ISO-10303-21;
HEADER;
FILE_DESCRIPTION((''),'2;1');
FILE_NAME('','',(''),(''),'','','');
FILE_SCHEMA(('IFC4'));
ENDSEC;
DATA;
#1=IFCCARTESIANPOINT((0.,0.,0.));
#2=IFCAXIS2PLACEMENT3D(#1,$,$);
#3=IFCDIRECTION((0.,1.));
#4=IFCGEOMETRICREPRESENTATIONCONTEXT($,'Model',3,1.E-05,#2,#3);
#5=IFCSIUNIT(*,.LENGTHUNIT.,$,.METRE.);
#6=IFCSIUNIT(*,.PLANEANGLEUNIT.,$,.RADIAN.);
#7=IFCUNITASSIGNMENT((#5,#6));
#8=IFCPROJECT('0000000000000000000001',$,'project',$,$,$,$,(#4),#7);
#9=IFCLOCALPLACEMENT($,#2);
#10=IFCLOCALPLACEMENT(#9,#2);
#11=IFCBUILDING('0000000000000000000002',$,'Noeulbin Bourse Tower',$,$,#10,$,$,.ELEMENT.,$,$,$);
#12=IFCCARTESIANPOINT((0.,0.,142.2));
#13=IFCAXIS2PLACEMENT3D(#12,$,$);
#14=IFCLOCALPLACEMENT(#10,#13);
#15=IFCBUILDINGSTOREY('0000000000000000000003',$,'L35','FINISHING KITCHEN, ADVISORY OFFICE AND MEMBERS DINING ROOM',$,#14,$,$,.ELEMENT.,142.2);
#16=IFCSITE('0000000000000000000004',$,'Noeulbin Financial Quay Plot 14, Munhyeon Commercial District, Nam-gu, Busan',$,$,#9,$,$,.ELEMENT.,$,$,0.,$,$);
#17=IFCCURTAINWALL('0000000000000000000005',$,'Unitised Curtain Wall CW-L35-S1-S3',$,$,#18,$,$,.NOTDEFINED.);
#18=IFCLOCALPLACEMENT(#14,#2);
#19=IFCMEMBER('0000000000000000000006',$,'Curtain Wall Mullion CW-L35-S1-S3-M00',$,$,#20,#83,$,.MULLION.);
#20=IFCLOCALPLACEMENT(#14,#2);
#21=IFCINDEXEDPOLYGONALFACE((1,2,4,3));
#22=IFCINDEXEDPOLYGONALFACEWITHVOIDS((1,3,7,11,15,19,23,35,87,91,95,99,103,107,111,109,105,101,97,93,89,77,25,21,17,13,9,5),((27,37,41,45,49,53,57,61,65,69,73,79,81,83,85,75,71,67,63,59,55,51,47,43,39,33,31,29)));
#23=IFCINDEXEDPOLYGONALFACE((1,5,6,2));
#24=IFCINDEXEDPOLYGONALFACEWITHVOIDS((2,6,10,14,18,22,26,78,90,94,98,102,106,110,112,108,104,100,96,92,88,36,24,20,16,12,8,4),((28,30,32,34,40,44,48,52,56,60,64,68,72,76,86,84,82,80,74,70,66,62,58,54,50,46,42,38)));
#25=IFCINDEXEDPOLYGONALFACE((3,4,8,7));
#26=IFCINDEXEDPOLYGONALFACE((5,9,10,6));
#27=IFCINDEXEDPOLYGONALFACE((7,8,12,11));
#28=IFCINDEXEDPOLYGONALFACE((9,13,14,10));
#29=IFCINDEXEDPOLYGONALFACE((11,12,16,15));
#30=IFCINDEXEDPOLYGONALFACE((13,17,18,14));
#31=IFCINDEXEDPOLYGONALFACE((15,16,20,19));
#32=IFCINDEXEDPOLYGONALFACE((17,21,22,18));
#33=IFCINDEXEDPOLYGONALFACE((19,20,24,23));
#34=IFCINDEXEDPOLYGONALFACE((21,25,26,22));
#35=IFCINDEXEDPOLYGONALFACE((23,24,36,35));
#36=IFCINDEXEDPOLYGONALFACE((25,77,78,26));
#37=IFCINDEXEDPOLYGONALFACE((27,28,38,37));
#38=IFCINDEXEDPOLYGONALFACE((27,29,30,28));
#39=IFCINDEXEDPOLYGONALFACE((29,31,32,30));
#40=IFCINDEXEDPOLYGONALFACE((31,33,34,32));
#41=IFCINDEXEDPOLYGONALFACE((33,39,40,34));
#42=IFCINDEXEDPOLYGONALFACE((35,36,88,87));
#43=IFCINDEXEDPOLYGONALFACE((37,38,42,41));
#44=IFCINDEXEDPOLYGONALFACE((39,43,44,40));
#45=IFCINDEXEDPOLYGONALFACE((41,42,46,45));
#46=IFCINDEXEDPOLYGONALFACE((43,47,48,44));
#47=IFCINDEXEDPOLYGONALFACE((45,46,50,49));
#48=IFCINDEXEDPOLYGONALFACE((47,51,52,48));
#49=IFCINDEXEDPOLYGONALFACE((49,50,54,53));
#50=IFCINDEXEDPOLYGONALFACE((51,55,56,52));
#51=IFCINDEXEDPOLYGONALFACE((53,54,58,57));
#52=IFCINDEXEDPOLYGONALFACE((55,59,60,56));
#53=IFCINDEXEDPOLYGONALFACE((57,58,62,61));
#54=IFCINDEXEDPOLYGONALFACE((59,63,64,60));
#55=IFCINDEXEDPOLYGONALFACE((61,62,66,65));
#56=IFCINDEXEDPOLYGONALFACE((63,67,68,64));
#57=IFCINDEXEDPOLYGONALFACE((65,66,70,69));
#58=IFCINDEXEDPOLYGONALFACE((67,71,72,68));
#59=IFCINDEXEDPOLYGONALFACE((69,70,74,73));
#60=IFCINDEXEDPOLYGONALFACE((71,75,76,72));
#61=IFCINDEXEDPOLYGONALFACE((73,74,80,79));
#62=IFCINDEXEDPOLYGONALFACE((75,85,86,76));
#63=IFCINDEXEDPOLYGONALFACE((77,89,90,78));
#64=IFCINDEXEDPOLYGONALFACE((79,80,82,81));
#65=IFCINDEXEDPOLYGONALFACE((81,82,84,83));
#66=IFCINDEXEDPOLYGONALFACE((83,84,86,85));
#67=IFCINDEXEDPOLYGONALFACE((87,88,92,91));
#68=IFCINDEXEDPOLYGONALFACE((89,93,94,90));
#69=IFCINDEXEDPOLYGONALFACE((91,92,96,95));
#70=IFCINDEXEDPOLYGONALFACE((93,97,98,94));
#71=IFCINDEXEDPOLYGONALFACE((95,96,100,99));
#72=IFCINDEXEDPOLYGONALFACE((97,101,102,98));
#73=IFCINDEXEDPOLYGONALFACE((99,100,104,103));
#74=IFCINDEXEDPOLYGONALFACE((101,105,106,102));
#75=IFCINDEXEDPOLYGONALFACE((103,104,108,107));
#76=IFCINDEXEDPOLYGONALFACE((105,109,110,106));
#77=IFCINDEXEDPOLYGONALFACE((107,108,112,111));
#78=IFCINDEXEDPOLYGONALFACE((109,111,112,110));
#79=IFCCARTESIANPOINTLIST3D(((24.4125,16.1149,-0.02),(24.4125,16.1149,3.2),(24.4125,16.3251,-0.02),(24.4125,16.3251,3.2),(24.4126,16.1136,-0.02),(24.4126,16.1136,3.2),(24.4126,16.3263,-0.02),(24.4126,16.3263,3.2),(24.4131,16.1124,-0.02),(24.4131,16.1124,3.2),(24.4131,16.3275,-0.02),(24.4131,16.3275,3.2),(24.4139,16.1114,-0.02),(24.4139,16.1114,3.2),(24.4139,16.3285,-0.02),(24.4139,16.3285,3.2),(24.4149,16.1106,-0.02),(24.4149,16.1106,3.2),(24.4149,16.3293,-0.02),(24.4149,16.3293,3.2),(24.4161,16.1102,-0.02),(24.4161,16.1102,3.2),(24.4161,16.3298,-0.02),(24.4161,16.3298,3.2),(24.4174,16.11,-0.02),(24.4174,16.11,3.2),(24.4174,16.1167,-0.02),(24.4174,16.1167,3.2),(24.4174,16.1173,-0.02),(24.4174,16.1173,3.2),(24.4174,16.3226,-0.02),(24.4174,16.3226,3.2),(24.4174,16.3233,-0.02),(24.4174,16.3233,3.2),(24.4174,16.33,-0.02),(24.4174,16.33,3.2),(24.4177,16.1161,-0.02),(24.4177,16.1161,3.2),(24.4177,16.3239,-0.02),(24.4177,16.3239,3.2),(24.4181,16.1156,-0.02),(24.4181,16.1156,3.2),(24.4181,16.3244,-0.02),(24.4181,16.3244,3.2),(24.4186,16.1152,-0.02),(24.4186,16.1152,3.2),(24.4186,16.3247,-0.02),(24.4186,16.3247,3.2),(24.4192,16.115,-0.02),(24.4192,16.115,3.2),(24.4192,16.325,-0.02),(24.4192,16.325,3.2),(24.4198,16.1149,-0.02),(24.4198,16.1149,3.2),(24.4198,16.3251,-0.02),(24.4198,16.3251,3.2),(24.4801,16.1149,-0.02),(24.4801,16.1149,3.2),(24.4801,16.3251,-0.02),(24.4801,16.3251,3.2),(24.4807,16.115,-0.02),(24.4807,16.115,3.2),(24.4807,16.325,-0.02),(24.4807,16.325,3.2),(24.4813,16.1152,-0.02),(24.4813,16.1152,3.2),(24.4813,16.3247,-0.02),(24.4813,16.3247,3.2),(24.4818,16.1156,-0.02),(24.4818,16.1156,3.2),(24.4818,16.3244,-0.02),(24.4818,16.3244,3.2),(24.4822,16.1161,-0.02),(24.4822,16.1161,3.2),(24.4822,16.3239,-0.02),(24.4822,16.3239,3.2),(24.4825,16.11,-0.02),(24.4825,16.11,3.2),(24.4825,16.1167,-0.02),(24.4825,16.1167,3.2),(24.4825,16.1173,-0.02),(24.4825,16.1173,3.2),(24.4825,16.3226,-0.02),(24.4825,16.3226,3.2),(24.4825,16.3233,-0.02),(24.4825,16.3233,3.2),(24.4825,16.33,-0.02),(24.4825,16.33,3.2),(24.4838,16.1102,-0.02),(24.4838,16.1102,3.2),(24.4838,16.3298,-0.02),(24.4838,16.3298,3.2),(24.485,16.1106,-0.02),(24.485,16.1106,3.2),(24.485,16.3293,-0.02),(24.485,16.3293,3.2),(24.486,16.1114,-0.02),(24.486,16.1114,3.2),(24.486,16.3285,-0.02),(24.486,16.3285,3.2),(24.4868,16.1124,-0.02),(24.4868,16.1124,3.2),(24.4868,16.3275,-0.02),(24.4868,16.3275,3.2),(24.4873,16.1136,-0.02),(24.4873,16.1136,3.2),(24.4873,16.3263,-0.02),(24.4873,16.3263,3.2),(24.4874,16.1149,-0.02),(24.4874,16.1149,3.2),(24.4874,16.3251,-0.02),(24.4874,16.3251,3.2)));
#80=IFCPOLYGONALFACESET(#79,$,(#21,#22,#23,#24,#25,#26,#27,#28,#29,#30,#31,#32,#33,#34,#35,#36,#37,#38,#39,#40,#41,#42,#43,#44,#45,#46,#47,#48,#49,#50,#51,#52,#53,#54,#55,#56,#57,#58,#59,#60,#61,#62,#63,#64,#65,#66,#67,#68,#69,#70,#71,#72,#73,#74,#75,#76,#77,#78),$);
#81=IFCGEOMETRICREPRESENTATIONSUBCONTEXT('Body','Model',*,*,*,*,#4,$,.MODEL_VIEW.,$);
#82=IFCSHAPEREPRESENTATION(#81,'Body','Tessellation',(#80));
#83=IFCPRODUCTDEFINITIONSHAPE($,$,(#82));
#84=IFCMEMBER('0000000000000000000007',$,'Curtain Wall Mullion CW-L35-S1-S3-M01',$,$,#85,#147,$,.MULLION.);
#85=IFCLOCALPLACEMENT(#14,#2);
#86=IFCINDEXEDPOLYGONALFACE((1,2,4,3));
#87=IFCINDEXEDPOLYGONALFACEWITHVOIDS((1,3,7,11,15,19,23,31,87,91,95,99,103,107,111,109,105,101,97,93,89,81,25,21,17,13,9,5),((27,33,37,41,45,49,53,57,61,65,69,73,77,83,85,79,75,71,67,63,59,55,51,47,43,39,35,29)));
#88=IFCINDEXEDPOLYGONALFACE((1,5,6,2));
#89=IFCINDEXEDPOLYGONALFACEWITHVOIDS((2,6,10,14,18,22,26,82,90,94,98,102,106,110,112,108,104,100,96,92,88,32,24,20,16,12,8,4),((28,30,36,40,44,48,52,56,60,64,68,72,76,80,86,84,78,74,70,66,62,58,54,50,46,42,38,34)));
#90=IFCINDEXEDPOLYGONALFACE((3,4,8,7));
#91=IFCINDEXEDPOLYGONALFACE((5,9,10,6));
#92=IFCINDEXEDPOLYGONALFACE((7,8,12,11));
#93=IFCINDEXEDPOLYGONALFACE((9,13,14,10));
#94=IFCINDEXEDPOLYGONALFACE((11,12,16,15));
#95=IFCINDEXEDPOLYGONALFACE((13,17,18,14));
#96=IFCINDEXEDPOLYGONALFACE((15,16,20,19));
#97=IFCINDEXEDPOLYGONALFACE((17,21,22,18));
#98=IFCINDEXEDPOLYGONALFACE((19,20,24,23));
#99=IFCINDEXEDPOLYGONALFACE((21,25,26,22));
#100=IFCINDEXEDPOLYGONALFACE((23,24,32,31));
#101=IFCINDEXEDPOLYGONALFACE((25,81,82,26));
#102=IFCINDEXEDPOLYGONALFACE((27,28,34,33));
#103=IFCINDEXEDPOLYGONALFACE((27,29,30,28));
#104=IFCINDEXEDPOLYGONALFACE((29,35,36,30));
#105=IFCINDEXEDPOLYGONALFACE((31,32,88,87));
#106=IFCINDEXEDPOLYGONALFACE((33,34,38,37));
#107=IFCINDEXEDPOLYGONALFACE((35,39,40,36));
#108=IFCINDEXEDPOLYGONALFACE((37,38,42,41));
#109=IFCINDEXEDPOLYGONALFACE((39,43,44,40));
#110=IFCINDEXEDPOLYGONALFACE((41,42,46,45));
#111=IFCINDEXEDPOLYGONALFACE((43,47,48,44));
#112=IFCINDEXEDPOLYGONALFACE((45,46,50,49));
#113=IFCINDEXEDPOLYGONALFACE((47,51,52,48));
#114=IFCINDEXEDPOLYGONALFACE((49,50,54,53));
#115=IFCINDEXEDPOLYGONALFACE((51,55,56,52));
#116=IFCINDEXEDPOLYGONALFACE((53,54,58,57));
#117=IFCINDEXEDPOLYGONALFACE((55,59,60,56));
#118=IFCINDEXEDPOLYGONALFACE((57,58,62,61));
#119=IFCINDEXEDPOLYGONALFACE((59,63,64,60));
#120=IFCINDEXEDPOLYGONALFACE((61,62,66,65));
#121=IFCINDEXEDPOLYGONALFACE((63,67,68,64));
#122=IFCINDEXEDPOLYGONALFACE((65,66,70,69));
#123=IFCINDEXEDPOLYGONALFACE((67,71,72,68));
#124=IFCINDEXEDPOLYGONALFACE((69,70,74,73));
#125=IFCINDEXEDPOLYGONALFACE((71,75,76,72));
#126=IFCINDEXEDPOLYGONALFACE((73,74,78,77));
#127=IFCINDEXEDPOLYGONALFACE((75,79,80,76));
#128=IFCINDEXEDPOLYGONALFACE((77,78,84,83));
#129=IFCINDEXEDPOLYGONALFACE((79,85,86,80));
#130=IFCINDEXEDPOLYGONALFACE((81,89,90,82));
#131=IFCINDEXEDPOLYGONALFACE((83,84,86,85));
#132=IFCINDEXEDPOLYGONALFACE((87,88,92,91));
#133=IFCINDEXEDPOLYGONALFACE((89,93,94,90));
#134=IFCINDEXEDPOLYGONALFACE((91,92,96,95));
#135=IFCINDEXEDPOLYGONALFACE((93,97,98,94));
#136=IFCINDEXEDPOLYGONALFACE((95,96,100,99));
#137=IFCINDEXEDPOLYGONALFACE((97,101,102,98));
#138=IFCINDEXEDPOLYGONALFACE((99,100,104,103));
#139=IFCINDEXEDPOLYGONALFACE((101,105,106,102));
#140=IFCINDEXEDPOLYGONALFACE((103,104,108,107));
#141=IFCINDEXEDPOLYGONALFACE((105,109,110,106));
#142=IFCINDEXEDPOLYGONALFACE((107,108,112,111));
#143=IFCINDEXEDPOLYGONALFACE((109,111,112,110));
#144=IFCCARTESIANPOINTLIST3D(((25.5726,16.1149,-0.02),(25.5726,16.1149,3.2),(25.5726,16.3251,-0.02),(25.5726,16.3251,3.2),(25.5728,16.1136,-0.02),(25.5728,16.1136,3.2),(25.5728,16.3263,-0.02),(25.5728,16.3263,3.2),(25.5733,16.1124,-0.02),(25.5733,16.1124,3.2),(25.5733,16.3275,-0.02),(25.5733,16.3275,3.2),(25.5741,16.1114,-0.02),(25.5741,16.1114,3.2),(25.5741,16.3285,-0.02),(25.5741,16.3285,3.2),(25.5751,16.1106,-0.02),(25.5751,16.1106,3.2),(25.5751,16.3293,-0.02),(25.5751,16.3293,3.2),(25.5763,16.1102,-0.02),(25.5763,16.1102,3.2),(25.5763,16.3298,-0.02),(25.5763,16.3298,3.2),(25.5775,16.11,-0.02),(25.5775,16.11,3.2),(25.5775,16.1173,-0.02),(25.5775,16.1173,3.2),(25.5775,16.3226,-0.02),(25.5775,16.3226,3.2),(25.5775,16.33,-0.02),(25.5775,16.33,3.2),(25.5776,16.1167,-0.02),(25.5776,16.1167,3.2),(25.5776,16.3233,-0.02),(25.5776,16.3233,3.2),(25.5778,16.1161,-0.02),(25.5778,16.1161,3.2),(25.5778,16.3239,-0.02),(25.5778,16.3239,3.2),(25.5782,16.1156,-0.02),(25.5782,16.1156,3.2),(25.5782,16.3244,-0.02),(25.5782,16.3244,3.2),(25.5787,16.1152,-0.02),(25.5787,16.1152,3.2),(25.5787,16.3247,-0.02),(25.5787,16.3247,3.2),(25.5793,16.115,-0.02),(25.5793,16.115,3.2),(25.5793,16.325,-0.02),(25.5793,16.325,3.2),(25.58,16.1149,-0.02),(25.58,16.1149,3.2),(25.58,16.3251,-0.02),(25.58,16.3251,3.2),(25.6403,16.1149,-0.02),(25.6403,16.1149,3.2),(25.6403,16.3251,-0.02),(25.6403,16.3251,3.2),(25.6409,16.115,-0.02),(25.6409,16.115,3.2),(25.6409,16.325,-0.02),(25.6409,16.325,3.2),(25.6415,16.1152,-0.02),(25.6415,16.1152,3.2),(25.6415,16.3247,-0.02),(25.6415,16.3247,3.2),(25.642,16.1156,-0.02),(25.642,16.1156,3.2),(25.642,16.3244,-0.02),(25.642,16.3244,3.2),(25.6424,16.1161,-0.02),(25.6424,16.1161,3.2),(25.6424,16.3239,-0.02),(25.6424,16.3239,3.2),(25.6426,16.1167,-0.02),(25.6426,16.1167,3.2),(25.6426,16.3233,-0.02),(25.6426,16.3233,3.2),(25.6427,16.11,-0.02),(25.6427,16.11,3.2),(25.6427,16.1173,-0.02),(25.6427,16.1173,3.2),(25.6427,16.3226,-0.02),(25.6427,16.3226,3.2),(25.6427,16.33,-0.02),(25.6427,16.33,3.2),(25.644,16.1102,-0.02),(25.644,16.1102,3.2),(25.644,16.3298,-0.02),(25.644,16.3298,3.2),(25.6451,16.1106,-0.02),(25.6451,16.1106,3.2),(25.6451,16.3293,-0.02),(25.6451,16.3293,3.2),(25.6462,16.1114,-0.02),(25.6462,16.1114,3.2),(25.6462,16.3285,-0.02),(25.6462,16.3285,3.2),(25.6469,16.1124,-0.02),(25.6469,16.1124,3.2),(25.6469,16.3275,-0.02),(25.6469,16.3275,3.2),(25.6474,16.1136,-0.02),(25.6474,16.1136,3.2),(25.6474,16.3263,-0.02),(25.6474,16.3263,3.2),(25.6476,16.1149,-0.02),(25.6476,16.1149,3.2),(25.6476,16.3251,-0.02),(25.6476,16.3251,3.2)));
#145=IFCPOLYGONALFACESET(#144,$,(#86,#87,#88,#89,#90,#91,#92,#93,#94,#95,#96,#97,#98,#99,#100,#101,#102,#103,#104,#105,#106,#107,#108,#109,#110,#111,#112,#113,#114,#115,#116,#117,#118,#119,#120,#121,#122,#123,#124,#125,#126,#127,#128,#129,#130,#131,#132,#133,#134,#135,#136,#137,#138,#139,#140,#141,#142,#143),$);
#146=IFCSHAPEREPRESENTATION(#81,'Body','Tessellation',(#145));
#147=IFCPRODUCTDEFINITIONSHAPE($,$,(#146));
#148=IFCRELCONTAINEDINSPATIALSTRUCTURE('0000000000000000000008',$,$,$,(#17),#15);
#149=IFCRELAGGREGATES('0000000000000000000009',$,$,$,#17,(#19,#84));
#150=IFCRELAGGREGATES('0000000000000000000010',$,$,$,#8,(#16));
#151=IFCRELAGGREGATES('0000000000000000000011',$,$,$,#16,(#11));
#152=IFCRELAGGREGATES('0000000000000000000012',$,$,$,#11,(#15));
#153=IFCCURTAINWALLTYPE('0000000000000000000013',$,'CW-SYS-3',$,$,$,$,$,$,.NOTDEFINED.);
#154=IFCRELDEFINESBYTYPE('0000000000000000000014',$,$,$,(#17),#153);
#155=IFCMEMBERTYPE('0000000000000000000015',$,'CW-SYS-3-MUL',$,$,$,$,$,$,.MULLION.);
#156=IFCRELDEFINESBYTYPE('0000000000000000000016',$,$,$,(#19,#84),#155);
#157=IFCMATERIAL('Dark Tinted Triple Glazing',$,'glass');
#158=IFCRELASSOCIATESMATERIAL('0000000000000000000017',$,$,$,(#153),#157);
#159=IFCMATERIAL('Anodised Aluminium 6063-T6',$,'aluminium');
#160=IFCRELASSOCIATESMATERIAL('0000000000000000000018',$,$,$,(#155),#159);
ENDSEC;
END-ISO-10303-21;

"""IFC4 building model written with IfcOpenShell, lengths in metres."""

from ifc_helpers import new_model, si_unit, direction, frame, origin, origin_2d, place, context, subcontext, project, spatial, hollow_rectangle, extrude, material, material_profile, profile_set, type_object, element, aggregate, save


model = new_model("IFC4")

# Units and contexts
model_context = context("Model", 3, precision=1e-05, world=origin(), true_north=direction((0.0, 1.0)))
body_context = subcontext(model_context, "Body", "Model", "MODEL_VIEW")
ifc_project = project(units=[si_unit("LENGTHUNIT", "METRE"), si_unit("PLANEANGLEUNIT", "RADIAN")], contexts=[model_context])

# Site, building, storey
site_placement = place(None, origin())
site = spatial("IfcSite", under=ifc_project, at=site_placement, Name="Noeulbin Financial Quay Plot 14, Munhyeon Commercial District, Nam-gu, Busan", CompositionType="ELEMENT", RefElevation=0.0)
building_placement = place(site_placement, origin())
building = spatial("IfcBuilding", under=site, at=building_placement, Name="Noeulbin Bourse Tower", CompositionType="ELEMENT")
storey_placement = place(building_placement, frame((0.0, 0.0, 142.2)))
storey = spatial("IfcBuildingStorey", under=building, at=storey_placement, Name="L35", Description="FINISHING KITCHEN, ADVISORY OFFICE AND MEMBERS DINING ROOM", CompositionType="ELEMENT", Elevation=142.2)

# Curtain wall, members
ifc_material_1 = material(Name="Dark Tinted Triple Glazing", Category="glass")
curtain_wall_type = type_object("IfcCurtainWallType", Name="CW-SYS-3", PredefinedType="NOTDEFINED", material=ifc_material_1)
ifc_material_2 = material(Name="Anodised Aluminium 6063-T6", Category="aluminium")
ifc_material_profile_1 = material_profile(ifc_material_2, hollow_rectangle(XDim=0.075, YDim=0.22, WallThickness=0.0049, InnerFilletRadius=0.0024, OuterFilletRadius=0.0049, at=origin_2d()), Name="ALU-MULL-75x220x5", Category="LoadBearing")
ifc_profile_set_1 = profile_set([ifc_material_profile_1], Name="Anodised Aluminium 6063-T6")
member_type_1 = type_object("IfcMemberType", Name="CW-SYS-3-MUL", PredefinedType="MULLION", material=ifc_profile_set_1)
curtain_wall_1_placement = place(storey_placement, origin())
curtain_wall_1 = element("IfcCurtainWall", 1, at=curtain_wall_1_placement, inside=storey, type_object=curtain_wall_type, Name="Unitised Curtain Wall CW-L35-S1-S3", PredefinedType="NOTDEFINED")
member_1_placement = place(storey_placement, frame((24.45, 16.22, -0.02), z_axis=(0.0, 0.0, 1.0), x_axis=(1.0, 0.0, 0.0)))
member_1 = element("IfcMember", 2, at=member_1_placement, type_object=member_type_1, Name="Curtain Wall Mullion CW-L35-S1-S3-M00", PredefinedType="MULLION", context=body_context, shape_type="SweptSolid", body=[
    extrude(hollow_rectangle(XDim=0.075, YDim=0.22, WallThickness=0.0049, InnerFilletRadius=0.0024, OuterFilletRadius=0.0049, at=origin_2d()), origin(), (0.0, 0.0, 1.0), 3.22),
])
member_2_placement = place(storey_placement, frame((25.6101, 16.22, -0.02), z_axis=(0.0, 0.0, 1.0), x_axis=(1.0, 0.0, 0.0)))
member_2 = element("IfcMember", 3, at=member_2_placement, type_object=member_type_1, Name="Curtain Wall Mullion CW-L35-S1-S3-M01", PredefinedType="MULLION", context=body_context, shape_type="SweptSolid", body=[
    extrude(hollow_rectangle(XDim=0.075, YDim=0.22, WallThickness=0.0049, InnerFilletRadius=0.0024, OuterFilletRadius=0.0049, at=origin_2d()), origin(), (0.0, 0.0, 1.0), 3.22),
])

aggregate(curtain_wall_1, [member_1, member_2])

save(model, "model.ifc")
